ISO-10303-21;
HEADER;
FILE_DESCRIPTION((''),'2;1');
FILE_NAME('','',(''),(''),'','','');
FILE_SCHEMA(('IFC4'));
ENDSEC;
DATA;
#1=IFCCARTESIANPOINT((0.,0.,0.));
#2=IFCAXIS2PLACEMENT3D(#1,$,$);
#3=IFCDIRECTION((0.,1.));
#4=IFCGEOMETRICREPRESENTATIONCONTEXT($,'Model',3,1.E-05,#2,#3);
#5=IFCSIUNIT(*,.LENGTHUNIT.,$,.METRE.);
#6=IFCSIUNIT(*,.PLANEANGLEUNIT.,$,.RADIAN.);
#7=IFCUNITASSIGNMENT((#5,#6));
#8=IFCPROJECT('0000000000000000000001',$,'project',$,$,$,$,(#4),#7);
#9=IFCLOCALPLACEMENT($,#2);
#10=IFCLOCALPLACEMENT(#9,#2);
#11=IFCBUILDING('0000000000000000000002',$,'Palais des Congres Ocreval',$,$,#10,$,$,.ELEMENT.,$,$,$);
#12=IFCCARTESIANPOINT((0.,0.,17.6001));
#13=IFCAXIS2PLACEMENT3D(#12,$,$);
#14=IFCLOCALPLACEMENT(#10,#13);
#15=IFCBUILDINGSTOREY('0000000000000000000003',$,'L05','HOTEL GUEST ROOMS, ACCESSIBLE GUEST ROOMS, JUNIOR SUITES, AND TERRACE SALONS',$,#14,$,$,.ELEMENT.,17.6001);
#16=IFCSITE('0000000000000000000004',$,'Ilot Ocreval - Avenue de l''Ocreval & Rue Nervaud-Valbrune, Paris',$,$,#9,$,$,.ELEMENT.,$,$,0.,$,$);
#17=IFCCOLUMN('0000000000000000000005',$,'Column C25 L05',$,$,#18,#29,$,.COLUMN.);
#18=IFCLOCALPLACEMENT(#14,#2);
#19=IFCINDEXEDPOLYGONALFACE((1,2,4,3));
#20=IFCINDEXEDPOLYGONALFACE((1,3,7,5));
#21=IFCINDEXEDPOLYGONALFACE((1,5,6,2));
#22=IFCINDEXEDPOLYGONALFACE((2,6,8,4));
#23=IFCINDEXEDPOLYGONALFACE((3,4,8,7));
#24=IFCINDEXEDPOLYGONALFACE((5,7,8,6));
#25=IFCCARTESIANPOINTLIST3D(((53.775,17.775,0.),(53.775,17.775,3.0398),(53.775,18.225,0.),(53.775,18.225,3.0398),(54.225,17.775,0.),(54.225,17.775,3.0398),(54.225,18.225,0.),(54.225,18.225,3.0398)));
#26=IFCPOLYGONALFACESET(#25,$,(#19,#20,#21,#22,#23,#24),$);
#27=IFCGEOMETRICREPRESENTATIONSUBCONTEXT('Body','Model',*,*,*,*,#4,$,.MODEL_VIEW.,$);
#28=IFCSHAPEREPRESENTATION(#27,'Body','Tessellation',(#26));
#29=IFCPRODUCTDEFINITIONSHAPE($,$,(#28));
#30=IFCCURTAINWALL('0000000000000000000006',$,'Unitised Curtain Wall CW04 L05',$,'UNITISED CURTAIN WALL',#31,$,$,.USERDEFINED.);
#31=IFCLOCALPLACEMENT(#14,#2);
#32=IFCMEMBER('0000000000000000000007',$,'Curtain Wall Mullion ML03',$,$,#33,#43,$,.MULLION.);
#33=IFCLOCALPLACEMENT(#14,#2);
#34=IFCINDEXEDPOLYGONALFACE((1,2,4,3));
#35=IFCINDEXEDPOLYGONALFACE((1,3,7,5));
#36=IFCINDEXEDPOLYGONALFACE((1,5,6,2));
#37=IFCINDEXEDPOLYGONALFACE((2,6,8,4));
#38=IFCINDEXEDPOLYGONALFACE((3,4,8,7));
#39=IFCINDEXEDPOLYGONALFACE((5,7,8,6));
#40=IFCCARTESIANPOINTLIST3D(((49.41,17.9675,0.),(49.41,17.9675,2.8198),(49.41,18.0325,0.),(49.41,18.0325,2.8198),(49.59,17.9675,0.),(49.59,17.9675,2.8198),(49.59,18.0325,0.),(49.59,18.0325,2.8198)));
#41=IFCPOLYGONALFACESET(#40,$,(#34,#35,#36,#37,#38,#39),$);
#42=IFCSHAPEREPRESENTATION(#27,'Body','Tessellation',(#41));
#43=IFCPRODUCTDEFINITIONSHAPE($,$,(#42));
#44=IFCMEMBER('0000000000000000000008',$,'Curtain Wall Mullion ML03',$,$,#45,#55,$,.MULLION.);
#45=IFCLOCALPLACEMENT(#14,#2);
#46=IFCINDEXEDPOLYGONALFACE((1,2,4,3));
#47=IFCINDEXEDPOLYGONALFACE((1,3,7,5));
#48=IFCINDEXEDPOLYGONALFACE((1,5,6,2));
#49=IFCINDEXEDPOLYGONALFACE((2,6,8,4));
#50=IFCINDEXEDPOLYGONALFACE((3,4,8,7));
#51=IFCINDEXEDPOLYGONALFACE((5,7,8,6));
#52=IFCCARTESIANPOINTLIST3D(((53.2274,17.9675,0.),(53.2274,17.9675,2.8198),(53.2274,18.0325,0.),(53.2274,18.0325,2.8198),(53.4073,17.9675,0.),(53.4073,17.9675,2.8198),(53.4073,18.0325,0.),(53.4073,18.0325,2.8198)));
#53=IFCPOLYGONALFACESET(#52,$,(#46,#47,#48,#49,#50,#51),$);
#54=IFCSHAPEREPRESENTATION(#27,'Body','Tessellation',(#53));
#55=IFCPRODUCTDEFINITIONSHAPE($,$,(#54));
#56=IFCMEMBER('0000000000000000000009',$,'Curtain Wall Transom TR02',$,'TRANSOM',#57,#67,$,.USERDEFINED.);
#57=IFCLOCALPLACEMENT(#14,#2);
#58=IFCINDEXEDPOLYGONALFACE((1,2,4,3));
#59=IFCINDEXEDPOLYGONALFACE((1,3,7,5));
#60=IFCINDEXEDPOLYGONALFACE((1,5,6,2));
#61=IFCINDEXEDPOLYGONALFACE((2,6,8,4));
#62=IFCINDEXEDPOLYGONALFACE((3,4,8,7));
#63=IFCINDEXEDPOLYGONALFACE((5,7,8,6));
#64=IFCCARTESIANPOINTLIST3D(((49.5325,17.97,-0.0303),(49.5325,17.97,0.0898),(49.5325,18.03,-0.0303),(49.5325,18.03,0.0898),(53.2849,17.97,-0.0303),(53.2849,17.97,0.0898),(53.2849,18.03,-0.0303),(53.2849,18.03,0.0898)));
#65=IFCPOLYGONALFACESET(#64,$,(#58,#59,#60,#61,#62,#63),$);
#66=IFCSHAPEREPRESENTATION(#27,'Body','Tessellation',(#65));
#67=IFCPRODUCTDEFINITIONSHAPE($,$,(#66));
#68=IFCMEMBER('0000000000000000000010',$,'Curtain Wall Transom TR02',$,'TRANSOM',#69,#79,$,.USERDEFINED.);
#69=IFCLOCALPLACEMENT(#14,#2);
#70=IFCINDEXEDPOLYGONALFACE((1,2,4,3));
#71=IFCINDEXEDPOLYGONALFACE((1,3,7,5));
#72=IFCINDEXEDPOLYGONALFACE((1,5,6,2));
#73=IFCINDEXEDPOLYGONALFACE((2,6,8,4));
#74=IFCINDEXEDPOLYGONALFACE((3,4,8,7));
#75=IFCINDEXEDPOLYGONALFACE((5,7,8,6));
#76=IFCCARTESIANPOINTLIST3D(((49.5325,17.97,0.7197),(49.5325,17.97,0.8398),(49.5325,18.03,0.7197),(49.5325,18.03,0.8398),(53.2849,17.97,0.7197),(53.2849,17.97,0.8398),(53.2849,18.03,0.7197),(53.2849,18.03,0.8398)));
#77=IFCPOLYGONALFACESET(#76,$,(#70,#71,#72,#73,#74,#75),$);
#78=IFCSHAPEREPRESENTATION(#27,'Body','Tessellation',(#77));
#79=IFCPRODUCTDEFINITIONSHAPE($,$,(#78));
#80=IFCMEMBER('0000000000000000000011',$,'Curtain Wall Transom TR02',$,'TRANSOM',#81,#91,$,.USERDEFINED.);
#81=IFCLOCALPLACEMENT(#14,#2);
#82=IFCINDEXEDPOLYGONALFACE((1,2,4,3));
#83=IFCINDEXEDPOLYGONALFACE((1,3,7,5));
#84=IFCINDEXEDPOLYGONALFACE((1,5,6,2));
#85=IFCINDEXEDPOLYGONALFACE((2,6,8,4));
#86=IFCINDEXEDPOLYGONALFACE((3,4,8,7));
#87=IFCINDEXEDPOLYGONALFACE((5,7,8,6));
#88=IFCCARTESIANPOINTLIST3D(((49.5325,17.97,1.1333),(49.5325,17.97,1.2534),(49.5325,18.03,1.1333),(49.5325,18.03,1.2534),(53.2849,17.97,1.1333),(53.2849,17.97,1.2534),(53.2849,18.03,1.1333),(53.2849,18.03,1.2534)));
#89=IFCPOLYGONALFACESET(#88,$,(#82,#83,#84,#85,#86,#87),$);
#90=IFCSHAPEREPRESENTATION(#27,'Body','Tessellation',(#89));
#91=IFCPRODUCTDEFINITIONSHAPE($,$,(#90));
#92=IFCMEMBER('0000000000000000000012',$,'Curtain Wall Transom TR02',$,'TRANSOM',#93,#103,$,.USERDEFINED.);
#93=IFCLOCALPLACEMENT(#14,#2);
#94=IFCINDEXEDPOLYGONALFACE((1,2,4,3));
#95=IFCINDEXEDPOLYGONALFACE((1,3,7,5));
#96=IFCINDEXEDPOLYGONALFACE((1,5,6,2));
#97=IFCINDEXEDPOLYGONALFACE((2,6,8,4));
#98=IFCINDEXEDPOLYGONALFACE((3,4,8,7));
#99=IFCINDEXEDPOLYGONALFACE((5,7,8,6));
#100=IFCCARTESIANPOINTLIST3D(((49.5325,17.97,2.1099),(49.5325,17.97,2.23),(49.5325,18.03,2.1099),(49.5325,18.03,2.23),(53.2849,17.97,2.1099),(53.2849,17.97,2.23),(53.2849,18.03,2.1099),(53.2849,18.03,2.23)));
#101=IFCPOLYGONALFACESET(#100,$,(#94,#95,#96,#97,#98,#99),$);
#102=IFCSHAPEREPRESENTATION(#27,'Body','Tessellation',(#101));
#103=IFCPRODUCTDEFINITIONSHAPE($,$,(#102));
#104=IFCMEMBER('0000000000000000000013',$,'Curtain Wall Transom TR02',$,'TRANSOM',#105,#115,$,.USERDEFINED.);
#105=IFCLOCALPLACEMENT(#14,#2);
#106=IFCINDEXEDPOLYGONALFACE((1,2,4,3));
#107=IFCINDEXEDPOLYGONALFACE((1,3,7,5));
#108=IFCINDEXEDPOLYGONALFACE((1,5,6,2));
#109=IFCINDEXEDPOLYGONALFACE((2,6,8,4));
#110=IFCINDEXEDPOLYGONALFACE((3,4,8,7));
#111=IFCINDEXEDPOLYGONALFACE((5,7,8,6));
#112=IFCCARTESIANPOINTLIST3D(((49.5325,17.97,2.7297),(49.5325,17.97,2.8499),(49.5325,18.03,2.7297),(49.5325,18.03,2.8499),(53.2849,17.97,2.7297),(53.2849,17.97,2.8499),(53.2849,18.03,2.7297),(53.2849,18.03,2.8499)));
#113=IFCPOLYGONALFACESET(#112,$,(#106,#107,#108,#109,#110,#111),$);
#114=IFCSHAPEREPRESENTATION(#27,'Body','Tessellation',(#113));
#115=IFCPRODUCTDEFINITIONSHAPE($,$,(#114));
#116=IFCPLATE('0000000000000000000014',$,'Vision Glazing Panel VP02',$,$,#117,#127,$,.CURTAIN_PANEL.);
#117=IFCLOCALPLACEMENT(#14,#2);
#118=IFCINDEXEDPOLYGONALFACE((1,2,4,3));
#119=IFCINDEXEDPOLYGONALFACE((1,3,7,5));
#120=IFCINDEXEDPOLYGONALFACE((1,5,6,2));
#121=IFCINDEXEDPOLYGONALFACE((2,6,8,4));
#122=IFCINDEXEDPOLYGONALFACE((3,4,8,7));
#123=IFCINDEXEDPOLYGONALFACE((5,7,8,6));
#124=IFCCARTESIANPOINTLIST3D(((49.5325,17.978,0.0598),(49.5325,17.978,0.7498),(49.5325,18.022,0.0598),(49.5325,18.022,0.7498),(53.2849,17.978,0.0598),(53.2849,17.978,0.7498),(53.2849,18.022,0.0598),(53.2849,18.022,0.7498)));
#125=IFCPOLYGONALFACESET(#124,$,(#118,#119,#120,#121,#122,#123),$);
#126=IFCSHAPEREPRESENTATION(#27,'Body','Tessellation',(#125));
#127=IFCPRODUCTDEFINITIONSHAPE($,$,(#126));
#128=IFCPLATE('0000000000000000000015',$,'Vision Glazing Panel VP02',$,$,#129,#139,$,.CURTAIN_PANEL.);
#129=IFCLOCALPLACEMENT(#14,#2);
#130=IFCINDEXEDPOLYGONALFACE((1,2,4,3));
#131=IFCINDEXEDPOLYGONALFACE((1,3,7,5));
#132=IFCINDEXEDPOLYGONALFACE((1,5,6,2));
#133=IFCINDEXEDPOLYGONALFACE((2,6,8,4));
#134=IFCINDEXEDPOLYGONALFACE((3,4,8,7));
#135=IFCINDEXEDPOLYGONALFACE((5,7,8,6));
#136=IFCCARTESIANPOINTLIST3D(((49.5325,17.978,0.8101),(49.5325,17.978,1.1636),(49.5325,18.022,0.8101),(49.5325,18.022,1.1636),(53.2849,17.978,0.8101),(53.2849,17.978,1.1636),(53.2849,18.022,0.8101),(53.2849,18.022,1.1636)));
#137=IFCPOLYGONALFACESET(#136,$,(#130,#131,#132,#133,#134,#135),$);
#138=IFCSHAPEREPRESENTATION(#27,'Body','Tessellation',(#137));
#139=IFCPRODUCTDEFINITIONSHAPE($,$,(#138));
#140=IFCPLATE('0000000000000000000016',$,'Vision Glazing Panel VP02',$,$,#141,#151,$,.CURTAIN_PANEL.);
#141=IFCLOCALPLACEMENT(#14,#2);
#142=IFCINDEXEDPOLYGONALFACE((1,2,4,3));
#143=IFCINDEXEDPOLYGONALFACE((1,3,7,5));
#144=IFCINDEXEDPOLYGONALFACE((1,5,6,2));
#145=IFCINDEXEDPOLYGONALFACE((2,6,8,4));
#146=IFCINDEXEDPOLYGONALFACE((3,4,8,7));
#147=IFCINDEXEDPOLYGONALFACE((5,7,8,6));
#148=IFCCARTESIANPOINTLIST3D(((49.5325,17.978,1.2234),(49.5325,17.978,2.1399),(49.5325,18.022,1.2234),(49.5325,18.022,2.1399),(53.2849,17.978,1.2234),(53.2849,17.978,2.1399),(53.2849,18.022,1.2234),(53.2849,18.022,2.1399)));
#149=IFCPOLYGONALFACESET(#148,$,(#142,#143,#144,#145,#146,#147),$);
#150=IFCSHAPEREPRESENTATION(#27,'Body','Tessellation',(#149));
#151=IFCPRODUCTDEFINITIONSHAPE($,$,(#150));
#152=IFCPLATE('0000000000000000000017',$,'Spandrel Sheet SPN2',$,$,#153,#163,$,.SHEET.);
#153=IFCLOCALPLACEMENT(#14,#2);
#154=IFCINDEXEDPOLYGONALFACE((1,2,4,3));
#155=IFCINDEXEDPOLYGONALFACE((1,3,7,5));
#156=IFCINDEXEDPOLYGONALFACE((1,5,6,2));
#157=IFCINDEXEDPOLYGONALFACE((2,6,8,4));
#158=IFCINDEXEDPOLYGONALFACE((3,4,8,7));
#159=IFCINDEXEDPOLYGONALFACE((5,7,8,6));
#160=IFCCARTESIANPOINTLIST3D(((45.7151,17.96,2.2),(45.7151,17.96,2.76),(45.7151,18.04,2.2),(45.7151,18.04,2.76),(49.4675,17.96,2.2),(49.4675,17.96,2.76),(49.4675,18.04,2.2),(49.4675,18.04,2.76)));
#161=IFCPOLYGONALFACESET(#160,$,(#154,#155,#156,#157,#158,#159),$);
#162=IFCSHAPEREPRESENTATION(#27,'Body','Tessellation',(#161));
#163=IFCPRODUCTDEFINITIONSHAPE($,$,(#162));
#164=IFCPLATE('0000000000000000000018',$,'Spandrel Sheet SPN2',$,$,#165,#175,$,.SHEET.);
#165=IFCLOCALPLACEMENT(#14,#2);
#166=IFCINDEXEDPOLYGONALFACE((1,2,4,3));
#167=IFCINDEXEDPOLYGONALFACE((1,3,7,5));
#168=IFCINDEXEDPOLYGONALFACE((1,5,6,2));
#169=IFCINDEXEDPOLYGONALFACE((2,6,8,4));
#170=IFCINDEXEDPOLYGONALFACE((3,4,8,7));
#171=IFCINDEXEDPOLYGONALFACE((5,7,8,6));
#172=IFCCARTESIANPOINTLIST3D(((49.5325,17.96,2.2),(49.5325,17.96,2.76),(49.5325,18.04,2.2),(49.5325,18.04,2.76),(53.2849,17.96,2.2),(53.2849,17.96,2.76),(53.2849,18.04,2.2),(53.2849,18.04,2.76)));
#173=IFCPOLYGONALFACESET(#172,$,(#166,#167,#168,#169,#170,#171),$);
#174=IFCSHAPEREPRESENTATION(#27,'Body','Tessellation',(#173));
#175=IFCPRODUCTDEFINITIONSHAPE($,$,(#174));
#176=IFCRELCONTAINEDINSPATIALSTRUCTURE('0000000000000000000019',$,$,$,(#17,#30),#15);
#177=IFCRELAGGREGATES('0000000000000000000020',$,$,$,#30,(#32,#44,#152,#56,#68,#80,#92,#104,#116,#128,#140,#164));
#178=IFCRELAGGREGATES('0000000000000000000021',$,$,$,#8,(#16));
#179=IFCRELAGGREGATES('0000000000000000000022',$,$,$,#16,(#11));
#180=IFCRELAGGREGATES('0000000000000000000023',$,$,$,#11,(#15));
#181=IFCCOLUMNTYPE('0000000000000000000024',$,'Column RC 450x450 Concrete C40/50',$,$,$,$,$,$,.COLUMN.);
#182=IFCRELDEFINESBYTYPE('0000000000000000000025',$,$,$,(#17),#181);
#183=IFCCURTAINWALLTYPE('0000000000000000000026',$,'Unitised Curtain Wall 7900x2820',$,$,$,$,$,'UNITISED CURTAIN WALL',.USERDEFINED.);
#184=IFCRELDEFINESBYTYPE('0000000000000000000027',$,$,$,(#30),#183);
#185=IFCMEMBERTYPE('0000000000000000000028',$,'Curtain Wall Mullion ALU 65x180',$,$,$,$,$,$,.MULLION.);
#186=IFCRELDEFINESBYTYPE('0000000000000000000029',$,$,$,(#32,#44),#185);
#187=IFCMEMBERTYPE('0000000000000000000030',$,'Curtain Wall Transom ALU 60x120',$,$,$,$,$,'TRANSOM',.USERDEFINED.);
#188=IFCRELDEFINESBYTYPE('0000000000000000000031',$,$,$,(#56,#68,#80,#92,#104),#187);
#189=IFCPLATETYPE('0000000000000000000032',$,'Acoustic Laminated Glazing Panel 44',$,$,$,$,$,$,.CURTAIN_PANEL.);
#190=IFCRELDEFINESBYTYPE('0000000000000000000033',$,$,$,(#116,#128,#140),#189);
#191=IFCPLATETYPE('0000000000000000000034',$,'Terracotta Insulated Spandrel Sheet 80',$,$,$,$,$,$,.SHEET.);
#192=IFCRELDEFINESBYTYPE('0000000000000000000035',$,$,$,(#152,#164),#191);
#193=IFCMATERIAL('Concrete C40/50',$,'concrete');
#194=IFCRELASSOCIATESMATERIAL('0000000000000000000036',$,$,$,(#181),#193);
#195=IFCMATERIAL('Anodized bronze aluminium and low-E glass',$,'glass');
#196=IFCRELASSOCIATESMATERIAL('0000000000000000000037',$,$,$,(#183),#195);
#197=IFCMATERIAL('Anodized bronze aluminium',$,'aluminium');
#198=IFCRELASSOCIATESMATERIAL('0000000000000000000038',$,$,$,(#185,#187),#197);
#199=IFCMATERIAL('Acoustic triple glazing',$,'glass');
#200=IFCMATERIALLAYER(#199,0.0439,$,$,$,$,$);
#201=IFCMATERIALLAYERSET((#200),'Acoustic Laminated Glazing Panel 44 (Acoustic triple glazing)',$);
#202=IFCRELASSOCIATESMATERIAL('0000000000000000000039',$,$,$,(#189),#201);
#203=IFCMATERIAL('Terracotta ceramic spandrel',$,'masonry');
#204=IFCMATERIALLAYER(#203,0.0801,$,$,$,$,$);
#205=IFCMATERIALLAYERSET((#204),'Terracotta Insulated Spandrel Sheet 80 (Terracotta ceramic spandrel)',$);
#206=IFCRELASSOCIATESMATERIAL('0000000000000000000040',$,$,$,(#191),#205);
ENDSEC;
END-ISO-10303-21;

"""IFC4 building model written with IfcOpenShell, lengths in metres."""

from ifc_helpers import new_model, si_unit, direction, frame, origin, origin_2d, place, context, subcontext, project, spatial, rectangle, extrude, material, layer, layer_set, material_profile, profile_set, type_object, element, aggregate, save


model = new_model("IFC4")

# Units and contexts
model_context = context("Model", 3, precision=1e-05, world=origin(), true_north=direction((0.0, 1.0)))
body_context = subcontext(model_context, "Body", "Model", "MODEL_VIEW")
ifc_project = project(units=[si_unit("LENGTHUNIT", "METRE"), si_unit("PLANEANGLEUNIT", "RADIAN")], contexts=[model_context])

# Site, building, storey
site_placement = place(None, origin())
site = spatial("IfcSite", under=ifc_project, at=site_placement, Name="Ilot Ocreval - Avenue de l'Ocreval & Rue Nervaud-Valbrune, Paris", CompositionType="ELEMENT", RefElevation=0.0)
building_placement = place(site_placement, origin())
building = spatial("IfcBuilding", under=site, at=building_placement, Name="Palais des Congres Ocreval", CompositionType="ELEMENT")
storey_placement = place(building_placement, frame((0.0, 0.0, 17.6001)))
storey = spatial("IfcBuildingStorey", under=building, at=storey_placement, Name="L05", Description="HOTEL GUEST ROOMS, ACCESSIBLE GUEST ROOMS, JUNIOR SUITES, AND TERRACE SALONS", CompositionType="ELEMENT", Elevation=17.6001)

# Column
ifc_material_1 = material(Name="Concrete C40/50", Category="concrete")
ifc_material_profile_1 = material_profile(ifc_material_1, rectangle(XDim=0.45, YDim=0.45, at=origin_2d()), Name="RC 450x450")
ifc_profile_set_1 = profile_set([ifc_material_profile_1], Name="Concrete C40/50")
column_type = type_object("IfcColumnType", Name="Column RC 450x450 Concrete C40/50", PredefinedType="COLUMN", material=ifc_profile_set_1)
column_placement = place(storey_placement, frame((54.0, 18.0, 0.0), z_axis=(0.0, 0.0, 1.0), x_axis=(1.0, 0.0, 0.0)))
element("IfcColumn", 1, at=column_placement, inside=storey, type_object=column_type, Name="Column C25 L05", PredefinedType="COLUMN", context=body_context, shape_type="SweptSolid", body=[
    extrude(rectangle(XDim=0.45, YDim=0.45, at=origin_2d()), origin(), (0.0, 0.0, 1.0), 3.0398),
])

# Curtain wall, members, plates
ifc_material_2 = material(Name="Anodized bronze aluminium and low-E glass", Category="glass")
curtain_wall_type = type_object("IfcCurtainWallType", Name="Unitised Curtain Wall 7900x2820", ElementType="UNITISED CURTAIN WALL", PredefinedType="USERDEFINED", material=ifc_material_2)
curtain_wall_placement = place(storey_placement, origin())
curtain_wall = element("IfcCurtainWall", 2, at=curtain_wall_placement, inside=storey, type_object=curtain_wall_type, Name="Unitised Curtain Wall CW04 L05", ObjectType="UNITISED CURTAIN WALL", PredefinedType="USERDEFINED")
ifc_material_3 = material(Name="Anodized bronze aluminium", Category="aluminium")
ifc_material_profile_2 = material_profile(ifc_material_3, rectangle(XDim=0.0649, YDim=0.1799, at=origin_2d()), Name="ALU 65x180")
ifc_profile_set_2 = profile_set([ifc_material_profile_2], Name="Anodized bronze aluminium")
member_type_1 = type_object("IfcMemberType", Name="Curtain Wall Mullion ALU 65x180", PredefinedType="MULLION", material=ifc_profile_set_2)
member_1_placement = place(storey_placement, frame((49.5, 18.0, 0.0), z_axis=(0.0, 0.0, 1.0), x_axis=(0.0, 1.0, 0.0)))
member_1 = element("IfcMember", 3, at=member_1_placement, type_object=member_type_1, Name="Curtain Wall Mullion ML03", PredefinedType="MULLION", context=body_context, shape_type="SweptSolid", body=[
    extrude(rectangle(XDim=0.0649, YDim=0.1799, at=origin_2d()), origin(), (0.0, 0.0, 1.0), 2.8198),
])
member_2_placement = place(storey_placement, frame((53.3174, 18.0, 0.0), z_axis=(0.0, 0.0, 1.0), x_axis=(0.0, 1.0, 0.0)))
member_2 = element("IfcMember", 4, at=member_2_placement, type_object=member_type_1, Name="Curtain Wall Mullion ML03", PredefinedType="MULLION", context=body_context, shape_type="SweptSolid", body=[
    extrude(rectangle(XDim=0.0649, YDim=0.1799, at=origin_2d()), origin(), (0.0, 0.0, 1.0), 2.8198),
])
ifc_material_profile_3 = material_profile(ifc_material_3, rectangle(XDim=0.0601, YDim=0.1201, at=origin_2d()), Name="ALU 60x120")
ifc_profile_set_3 = profile_set([ifc_material_profile_3], Name="Anodized bronze aluminium")
member_type_2 = type_object("IfcMemberType", Name="Curtain Wall Transom ALU 60x120", ElementType="TRANSOM", PredefinedType="USERDEFINED", material=ifc_profile_set_3)
member_3_placement = place(storey_placement, frame((49.5325, 18.0, 0.0298), z_axis=(1.0, 0.0, 0.0), x_axis=(0.0, 1.0, 0.0)))
member_3 = element("IfcMember", 5, at=member_3_placement, type_object=member_type_2, Name="Curtain Wall Transom TR02", ObjectType="TRANSOM", PredefinedType="USERDEFINED", context=body_context, shape_type="SweptSolid", body=[
    extrude(rectangle(XDim=0.0601, YDim=0.1201, at=origin_2d()), origin(), (0.0, 0.0, 1.0), 3.7524),
])
member_4_placement = place(storey_placement, frame((49.5325, 18.0, 0.7798), z_axis=(1.0, 0.0, 0.0), x_axis=(0.0, 1.0, 0.0)))
member_4 = element("IfcMember", 6, at=member_4_placement, type_object=member_type_2, Name="Curtain Wall Transom TR02", ObjectType="TRANSOM", PredefinedType="USERDEFINED", context=body_context, shape_type="SweptSolid", body=[
    extrude(rectangle(XDim=0.0601, YDim=0.1201, at=origin_2d()), origin(), (0.0, 0.0, 1.0), 3.7524),
])
member_5_placement = place(storey_placement, frame((49.5325, 18.0, 1.1934), z_axis=(1.0, 0.0, 0.0), x_axis=(0.0, 1.0, 0.0)))
member_5 = element("IfcMember", 7, at=member_5_placement, type_object=member_type_2, Name="Curtain Wall Transom TR02", ObjectType="TRANSOM", PredefinedType="USERDEFINED", context=body_context, shape_type="SweptSolid", body=[
    extrude(rectangle(XDim=0.0601, YDim=0.1201, at=origin_2d()), origin(), (0.0, 0.0, 1.0), 3.7524),
])
member_6_placement = place(storey_placement, frame((49.5325, 18.0, 2.1699), z_axis=(1.0, 0.0, 0.0), x_axis=(0.0, 1.0, 0.0)))
member_6 = element("IfcMember", 8, at=member_6_placement, type_object=member_type_2, Name="Curtain Wall Transom TR02", ObjectType="TRANSOM", PredefinedType="USERDEFINED", context=body_context, shape_type="SweptSolid", body=[
    extrude(rectangle(XDim=0.0601, YDim=0.1201, at=origin_2d()), origin(), (0.0, 0.0, 1.0), 3.7524),
])
member_7_placement = place(storey_placement, frame((49.5325, 18.0, 2.7898), z_axis=(1.0, 0.0, 0.0), x_axis=(0.0, 1.0, 0.0)))
member_7 = element("IfcMember", 9, at=member_7_placement, type_object=member_type_2, Name="Curtain Wall Transom TR02", ObjectType="TRANSOM", PredefinedType="USERDEFINED", context=body_context, shape_type="SweptSolid", body=[
    extrude(rectangle(XDim=0.0601, YDim=0.1201, at=origin_2d()), origin(), (0.0, 0.0, 1.0), 3.7524),
])
ifc_material_4 = material(Name="Acoustic triple glazing", Category="glass")
ifc_layer_1 = layer(ifc_material_4, 0.0439)
ifc_layer_set_1 = layer_set([ifc_layer_1], Name="Acoustic Laminated Glazing Panel 44 (Acoustic triple glazing)")
plate_type_1 = type_object("IfcPlateType", Name="Acoustic Laminated Glazing Panel 44", PredefinedType="CURTAIN_PANEL", material=ifc_layer_set_1)
plate_1_placement = place(storey_placement, frame((51.4087, 18.0, 0.0598), z_axis=(0.0, 0.0, 1.0), x_axis=(1.0, 0.0, 0.0)))
plate_1 = element("IfcPlate", 10, at=plate_1_placement, type_object=plate_type_1, Name="Vision Glazing Panel VP02", PredefinedType="CURTAIN_PANEL", context=body_context, shape_type="SweptSolid", body=[
    extrude(rectangle(XDim=3.7524, YDim=0.0439, at=origin_2d()), origin(), (0.0, 0.0, 1.0), 0.6899),
])
plate_2_placement = place(storey_placement, frame((51.4087, 18.0, 0.8101), z_axis=(0.0, 0.0, 1.0), x_axis=(1.0, 0.0, 0.0)))
plate_2 = element("IfcPlate", 11, at=plate_2_placement, type_object=plate_type_1, Name="Vision Glazing Panel VP02", PredefinedType="CURTAIN_PANEL", context=body_context, shape_type="SweptSolid", body=[
    extrude(rectangle(XDim=3.7524, YDim=0.0439, at=origin_2d()), origin(), (0.0, 0.0, 1.0), 0.3535),
])
plate_3_placement = place(storey_placement, frame((51.4087, 18.0, 1.2234), z_axis=(0.0, 0.0, 1.0), x_axis=(1.0, 0.0, 0.0)))
plate_3 = element("IfcPlate", 12, at=plate_3_placement, type_object=plate_type_1, Name="Vision Glazing Panel VP02", PredefinedType="CURTAIN_PANEL", context=body_context, shape_type="SweptSolid", body=[
    extrude(rectangle(XDim=3.7524, YDim=0.0439, at=origin_2d()), origin(), (0.0, 0.0, 1.0), 0.9165),
])
ifc_material_5 = material(Name="Terracotta ceramic spandrel", Category="masonry")
ifc_layer_2 = layer(ifc_material_5, 0.0801)
ifc_layer_set_2 = layer_set([ifc_layer_2], Name="Terracotta Insulated Spandrel Sheet 80 (Terracotta ceramic spandrel)")
plate_type_2 = type_object("IfcPlateType", Name="Terracotta Insulated Spandrel Sheet 80", PredefinedType="SHEET", material=ifc_layer_set_2)
plate_4_placement = place(storey_placement, frame((47.5913, 18.0, 2.2), z_axis=(0.0, 0.0, 1.0), x_axis=(1.0, 0.0, 0.0)))
plate_4 = element("IfcPlate", 13, at=plate_4_placement, type_object=plate_type_2, Name="Spandrel Sheet SPN2", PredefinedType="SHEET", context=body_context, shape_type="SweptSolid", body=[
    extrude(rectangle(XDim=3.7524, YDim=0.0801, at=origin_2d()), origin(), (0.0, 0.0, 1.0), 0.5601),
])
plate_5_placement = place(storey_placement, frame((51.4087, 18.0, 2.2), z_axis=(0.0, 0.0, 1.0), x_axis=(1.0, 0.0, 0.0)))
plate_5 = element("IfcPlate", 14, at=plate_5_placement, type_object=plate_type_2, Name="Spandrel Sheet SPN2", PredefinedType="SHEET", context=body_context, shape_type="SweptSolid", body=[
    extrude(rectangle(XDim=3.7524, YDim=0.0801, at=origin_2d()), origin(), (0.0, 0.0, 1.0), 0.5601),
])
aggregate(curtain_wall, [member_1, member_2, plate_4, member_3, member_4, member_5, member_6, member_7, plate_1, plate_2, plate_3, plate_5])

save(model, "model.ifc")
